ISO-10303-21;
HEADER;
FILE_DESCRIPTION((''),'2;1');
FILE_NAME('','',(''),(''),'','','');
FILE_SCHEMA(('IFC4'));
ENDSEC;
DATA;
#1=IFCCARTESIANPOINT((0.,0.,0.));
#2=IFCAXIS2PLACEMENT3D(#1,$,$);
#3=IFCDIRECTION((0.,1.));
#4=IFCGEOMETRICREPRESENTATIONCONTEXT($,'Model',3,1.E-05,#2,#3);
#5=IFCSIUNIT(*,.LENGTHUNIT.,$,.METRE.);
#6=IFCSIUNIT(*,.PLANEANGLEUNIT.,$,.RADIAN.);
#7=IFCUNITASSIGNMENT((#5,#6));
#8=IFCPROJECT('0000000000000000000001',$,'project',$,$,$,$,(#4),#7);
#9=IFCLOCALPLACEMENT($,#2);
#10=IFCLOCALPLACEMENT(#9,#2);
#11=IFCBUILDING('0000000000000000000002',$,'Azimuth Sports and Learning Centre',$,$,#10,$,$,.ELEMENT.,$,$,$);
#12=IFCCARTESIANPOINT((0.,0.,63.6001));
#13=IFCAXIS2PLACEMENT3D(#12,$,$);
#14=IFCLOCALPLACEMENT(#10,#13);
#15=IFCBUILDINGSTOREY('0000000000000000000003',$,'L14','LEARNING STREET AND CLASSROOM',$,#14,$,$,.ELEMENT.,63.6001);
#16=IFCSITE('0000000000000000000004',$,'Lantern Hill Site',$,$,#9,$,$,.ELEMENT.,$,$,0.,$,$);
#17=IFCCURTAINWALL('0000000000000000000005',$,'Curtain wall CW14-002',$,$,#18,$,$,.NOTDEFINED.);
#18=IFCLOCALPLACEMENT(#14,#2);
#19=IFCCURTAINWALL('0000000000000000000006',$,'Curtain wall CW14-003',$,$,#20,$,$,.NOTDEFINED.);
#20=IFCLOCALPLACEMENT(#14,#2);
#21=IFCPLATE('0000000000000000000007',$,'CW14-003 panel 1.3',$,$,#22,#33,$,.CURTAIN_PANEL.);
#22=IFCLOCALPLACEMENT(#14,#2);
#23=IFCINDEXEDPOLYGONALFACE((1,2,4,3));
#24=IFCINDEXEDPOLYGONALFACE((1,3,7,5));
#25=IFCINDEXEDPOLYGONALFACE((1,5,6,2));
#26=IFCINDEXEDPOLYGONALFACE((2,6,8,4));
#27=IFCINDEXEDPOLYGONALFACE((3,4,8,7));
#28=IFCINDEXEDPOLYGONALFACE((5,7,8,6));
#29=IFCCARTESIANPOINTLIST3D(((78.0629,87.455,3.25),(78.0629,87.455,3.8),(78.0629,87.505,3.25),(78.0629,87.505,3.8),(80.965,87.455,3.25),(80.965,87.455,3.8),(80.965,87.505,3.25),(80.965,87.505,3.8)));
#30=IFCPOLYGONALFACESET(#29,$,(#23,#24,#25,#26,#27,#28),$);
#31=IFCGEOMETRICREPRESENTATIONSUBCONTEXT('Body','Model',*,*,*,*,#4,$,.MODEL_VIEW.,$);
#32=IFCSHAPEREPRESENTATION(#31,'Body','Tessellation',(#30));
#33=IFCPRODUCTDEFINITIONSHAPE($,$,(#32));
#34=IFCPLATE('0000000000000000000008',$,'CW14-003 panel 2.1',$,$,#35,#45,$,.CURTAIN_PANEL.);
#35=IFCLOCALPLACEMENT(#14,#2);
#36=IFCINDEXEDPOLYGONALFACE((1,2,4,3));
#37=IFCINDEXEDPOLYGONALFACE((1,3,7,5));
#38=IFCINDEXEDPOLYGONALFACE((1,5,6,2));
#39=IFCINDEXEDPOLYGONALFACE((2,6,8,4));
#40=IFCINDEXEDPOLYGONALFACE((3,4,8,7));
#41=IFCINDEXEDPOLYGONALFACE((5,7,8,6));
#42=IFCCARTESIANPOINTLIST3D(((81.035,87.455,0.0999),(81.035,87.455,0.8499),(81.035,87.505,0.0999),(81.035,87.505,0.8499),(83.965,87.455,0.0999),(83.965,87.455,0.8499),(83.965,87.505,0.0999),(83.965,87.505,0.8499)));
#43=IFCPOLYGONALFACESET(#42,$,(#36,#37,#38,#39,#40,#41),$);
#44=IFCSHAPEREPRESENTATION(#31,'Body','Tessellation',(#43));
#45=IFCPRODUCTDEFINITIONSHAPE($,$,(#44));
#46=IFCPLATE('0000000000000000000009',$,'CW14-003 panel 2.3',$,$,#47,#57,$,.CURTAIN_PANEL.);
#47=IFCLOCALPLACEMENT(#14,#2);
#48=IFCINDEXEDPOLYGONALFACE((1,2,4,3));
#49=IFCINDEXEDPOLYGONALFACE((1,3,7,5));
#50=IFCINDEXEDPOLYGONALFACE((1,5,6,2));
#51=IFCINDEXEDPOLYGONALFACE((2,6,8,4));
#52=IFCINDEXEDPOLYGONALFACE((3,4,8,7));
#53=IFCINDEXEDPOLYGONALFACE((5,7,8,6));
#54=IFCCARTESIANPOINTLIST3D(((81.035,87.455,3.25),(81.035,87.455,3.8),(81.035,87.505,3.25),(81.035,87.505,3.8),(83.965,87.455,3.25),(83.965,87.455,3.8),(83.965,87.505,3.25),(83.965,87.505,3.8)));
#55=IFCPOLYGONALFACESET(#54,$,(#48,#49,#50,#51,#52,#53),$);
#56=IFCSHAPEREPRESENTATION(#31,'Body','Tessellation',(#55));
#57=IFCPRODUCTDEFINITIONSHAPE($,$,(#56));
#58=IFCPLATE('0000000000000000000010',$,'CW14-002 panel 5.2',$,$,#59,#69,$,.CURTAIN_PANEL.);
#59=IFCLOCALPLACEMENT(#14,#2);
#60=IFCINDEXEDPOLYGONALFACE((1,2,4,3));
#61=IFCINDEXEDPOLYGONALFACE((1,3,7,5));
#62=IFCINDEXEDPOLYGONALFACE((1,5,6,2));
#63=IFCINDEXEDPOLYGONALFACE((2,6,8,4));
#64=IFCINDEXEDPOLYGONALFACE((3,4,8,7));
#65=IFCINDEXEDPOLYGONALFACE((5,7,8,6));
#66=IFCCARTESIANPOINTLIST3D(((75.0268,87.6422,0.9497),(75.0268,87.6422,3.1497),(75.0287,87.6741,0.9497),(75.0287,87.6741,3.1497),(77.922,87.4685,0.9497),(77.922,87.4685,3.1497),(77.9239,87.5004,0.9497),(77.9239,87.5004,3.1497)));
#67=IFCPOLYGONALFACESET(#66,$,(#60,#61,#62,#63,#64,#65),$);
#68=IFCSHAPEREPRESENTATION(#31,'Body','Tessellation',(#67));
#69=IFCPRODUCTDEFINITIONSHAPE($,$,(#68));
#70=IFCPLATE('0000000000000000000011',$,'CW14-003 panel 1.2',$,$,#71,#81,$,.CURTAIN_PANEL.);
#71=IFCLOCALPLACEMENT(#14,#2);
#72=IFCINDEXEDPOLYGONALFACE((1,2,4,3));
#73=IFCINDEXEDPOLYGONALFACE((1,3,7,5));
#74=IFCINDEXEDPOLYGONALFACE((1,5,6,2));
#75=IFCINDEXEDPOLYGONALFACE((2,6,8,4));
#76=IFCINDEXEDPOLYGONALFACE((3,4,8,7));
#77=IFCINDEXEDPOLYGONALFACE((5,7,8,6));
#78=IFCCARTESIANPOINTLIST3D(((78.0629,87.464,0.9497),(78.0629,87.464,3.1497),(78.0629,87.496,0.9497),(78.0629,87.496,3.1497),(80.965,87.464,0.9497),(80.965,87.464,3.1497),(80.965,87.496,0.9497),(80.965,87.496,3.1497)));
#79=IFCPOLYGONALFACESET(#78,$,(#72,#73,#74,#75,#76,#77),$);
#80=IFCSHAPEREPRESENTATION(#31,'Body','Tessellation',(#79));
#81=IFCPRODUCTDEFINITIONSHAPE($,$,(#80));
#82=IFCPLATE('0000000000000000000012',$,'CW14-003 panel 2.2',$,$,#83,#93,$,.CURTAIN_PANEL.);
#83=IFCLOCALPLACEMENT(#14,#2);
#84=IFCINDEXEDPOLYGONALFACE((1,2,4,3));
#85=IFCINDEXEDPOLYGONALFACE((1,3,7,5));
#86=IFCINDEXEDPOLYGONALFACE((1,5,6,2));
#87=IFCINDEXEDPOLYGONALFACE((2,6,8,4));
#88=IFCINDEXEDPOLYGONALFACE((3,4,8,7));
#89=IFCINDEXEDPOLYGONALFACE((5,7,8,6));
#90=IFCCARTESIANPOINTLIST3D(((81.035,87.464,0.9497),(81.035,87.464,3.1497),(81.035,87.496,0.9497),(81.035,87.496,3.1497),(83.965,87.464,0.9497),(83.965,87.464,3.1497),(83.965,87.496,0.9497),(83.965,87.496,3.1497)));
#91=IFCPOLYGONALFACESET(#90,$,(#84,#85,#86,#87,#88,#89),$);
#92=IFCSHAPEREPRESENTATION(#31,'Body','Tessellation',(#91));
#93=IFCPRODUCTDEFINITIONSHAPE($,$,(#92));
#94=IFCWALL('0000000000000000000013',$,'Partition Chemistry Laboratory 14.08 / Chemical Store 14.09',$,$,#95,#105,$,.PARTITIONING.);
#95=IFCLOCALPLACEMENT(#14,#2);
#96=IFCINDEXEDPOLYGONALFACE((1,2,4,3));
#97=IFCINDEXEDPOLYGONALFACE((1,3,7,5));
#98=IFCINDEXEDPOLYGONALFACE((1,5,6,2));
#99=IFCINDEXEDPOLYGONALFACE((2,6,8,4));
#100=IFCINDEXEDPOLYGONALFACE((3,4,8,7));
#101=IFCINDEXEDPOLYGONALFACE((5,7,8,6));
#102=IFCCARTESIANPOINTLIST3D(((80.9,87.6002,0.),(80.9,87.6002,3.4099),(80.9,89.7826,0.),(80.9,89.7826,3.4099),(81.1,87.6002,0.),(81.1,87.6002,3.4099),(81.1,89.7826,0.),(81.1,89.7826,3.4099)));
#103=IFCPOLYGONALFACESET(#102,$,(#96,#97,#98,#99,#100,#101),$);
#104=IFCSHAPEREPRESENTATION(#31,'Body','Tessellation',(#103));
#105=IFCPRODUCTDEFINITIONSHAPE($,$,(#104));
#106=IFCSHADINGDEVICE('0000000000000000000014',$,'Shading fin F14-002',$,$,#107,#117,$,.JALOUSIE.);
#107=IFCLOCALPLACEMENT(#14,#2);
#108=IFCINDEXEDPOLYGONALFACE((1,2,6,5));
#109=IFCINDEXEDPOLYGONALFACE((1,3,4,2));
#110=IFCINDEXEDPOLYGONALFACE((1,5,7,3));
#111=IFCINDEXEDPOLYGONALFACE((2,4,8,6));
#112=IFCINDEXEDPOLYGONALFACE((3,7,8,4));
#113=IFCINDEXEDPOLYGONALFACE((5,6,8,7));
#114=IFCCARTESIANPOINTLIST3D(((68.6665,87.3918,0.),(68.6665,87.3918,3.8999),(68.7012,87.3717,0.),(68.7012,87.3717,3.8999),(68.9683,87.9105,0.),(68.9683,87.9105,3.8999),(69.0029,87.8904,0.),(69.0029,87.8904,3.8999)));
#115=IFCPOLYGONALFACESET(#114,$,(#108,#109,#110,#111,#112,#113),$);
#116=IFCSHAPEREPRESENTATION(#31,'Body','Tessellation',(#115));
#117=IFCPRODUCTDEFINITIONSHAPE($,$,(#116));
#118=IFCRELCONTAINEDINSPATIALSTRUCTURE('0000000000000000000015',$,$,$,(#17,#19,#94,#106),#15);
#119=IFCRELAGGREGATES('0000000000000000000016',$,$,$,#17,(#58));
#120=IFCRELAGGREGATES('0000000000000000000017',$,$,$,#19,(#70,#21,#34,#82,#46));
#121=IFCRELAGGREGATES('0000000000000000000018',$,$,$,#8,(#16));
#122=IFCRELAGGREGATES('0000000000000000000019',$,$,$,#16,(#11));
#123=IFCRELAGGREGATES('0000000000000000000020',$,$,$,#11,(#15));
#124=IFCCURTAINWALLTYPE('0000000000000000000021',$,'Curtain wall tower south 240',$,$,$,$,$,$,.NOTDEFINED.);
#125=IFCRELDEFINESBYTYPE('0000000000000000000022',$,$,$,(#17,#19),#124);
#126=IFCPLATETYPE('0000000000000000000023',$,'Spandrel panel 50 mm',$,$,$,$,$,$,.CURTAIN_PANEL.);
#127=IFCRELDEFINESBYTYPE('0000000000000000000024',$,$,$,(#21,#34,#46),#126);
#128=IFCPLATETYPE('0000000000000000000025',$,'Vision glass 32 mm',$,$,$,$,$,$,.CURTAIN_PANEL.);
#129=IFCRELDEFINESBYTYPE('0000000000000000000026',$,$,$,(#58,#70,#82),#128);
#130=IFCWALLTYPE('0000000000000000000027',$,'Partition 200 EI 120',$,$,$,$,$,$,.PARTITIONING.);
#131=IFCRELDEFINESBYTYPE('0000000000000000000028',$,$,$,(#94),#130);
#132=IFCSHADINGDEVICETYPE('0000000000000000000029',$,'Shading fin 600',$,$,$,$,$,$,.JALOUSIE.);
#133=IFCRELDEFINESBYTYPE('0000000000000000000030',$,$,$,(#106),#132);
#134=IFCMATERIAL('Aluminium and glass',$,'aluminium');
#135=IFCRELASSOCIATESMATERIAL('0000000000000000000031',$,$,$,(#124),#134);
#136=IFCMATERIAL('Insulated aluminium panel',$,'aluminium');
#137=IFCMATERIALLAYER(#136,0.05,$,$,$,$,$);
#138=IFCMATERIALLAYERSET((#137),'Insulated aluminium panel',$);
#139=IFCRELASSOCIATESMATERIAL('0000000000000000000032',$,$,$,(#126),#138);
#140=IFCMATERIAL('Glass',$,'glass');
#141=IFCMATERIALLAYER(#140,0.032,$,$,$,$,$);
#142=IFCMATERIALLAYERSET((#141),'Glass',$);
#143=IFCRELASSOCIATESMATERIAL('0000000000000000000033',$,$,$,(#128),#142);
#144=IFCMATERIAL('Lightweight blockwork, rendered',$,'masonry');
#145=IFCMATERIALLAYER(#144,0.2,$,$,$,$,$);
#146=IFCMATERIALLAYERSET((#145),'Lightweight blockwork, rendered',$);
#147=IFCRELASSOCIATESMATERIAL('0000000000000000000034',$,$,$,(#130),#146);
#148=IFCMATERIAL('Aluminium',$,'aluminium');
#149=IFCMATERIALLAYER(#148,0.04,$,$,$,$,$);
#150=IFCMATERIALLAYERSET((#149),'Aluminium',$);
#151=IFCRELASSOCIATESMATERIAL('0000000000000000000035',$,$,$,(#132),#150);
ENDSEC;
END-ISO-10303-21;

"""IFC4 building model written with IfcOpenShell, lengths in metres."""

from ifc_helpers import new_model, si_unit, direction, frame, frame_2d, origin, origin_2d, place, context, subcontext, project, spatial, rectangle, extrude, material, layer, layer_set, type_object, element, aggregate, save


model = new_model("IFC4")

# Units and contexts
model_context = context("Model", 3, precision=1e-05, world=origin(), true_north=direction((0.0, 1.0)))
body_context = subcontext(model_context, "Body", "Model", "MODEL_VIEW")
ifc_project = project(units=[si_unit("LENGTHUNIT", "METRE"), si_unit("PLANEANGLEUNIT", "RADIAN")], contexts=[model_context])

# Site, building, storey
site_placement = place(None, origin())
site = spatial("IfcSite", under=ifc_project, at=site_placement, Name="Lantern Hill Site", CompositionType="ELEMENT", RefElevation=0.0)
building_placement = place(site_placement, origin())
building = spatial("IfcBuilding", under=site, at=building_placement, Name="Azimuth Sports and Learning Centre", CompositionType="ELEMENT")
storey_placement = place(building_placement, frame((0.0, 0.0, 63.6001)))
storey = spatial("IfcBuildingStorey", under=building, at=storey_placement, Name="L14", Description="LEARNING STREET AND CLASSROOM", CompositionType="ELEMENT", Elevation=63.6001)

# Curtain wall
ifc_material_1 = material(Name="Aluminium and glass", Category="aluminium")
curtain_wall_type = type_object("IfcCurtainWallType", Name="Curtain wall tower south 240", PredefinedType="NOTDEFINED", material=ifc_material_1)
curtain_wall_1_placement = place(storey_placement, origin())
curtain_wall_1 = element("IfcCurtainWall", 1, at=curtain_wall_1_placement, inside=storey, type_object=curtain_wall_type, Name="Curtain wall CW14-002", PredefinedType="NOTDEFINED")

# Curtain wall
curtain_wall_2_placement = place(storey_placement, origin())
curtain_wall_2 = element("IfcCurtainWall", 2, at=curtain_wall_2_placement, inside=storey, type_object=curtain_wall_type, Name="Curtain wall CW14-003", PredefinedType="NOTDEFINED")

# Plates
ifc_material_2 = material(Name="Insulated aluminium panel", Category="aluminium")
ifc_layer_1 = layer(ifc_material_2, 0.05)
ifc_layer_set_1 = layer_set([ifc_layer_1], Name="Insulated aluminium panel")
plate_type_1 = type_object("IfcPlateType", Name="Spandrel panel 50 mm", PredefinedType="CURTAIN_PANEL", material=ifc_layer_set_1)
plate_1_placement = place(storey_placement, frame((79.5139, 87.48, 3.25), z_axis=(0.0, 0.0, 1.0), x_axis=(1.0, 0.0, 0.0)))
plate_1 = element("IfcPlate", 3, at=plate_1_placement, type_object=plate_type_1, Name="CW14-003 panel 1.3", PredefinedType="CURTAIN_PANEL", context=body_context, shape_type="SweptSolid", body=[
    extrude(rectangle(XDim=2.9021, YDim=0.05, at=origin_2d()), origin(), (0.0, 0.0, 1.0), 0.55),
])
plate_2_placement = place(storey_placement, frame((82.5, 87.48, 0.0999), z_axis=(0.0, 0.0, 1.0), x_axis=(1.0, 0.0, 0.0)))
plate_2 = element("IfcPlate", 4, at=plate_2_placement, type_object=plate_type_1, Name="CW14-003 panel 2.1", PredefinedType="CURTAIN_PANEL", context=body_context, shape_type="SweptSolid", body=[
    extrude(rectangle(XDim=2.9299, YDim=0.05, at=origin_2d()), origin(), (0.0, 0.0, 1.0), 0.75),
])
plate_3_placement = place(storey_placement, frame((82.5, 87.48, 3.25), z_axis=(0.0, 0.0, 1.0), x_axis=(1.0, 0.0, 0.0)))
plate_3 = element("IfcPlate", 5, at=plate_3_placement, type_object=plate_type_1, Name="CW14-003 panel 2.3", PredefinedType="CURTAIN_PANEL", context=body_context, shape_type="SweptSolid", body=[
    extrude(rectangle(XDim=2.9299, YDim=0.05, at=origin_2d()), origin(), (0.0, 0.0, 1.0), 0.55),
])
ifc_material_3 = material(Name="Glass", Category="glass")
ifc_layer_2 = layer(ifc_material_3, 0.032)
ifc_layer_set_2 = layer_set([ifc_layer_2], Name="Glass")
plate_type_2 = type_object("IfcPlateType", Name="Vision glass 32 mm", PredefinedType="CURTAIN_PANEL", material=ifc_layer_set_2)
plate_4_placement = place(storey_placement, frame((76.4753, 87.5713, 0.9497), z_axis=(0.0, 0.0, 1.0), x_axis=(0.998205, -0.059892, 0.0)))
plate_4 = element("IfcPlate", 6, at=plate_4_placement, type_object=plate_type_2, Name="CW14-002 panel 5.2", PredefinedType="CURTAIN_PANEL", context=body_context, shape_type="SweptSolid", body=[
    extrude(rectangle(XDim=2.9004, YDim=0.032, at=origin_2d()), origin(), (0.0, 0.0, 1.0), 2.2),
])
aggregate(curtain_wall_1, [plate_4])
plate_5_placement = place(storey_placement, frame((79.5139, 87.48, 0.9497), z_axis=(0.0, 0.0, 1.0), x_axis=(1.0, 0.0, 0.0)))
plate_5 = element("IfcPlate", 7, at=plate_5_placement, type_object=plate_type_2, Name="CW14-003 panel 1.2", PredefinedType="CURTAIN_PANEL", context=body_context, shape_type="SweptSolid", body=[
    extrude(rectangle(XDim=2.9021, YDim=0.032, at=origin_2d()), origin(), (0.0, 0.0, 1.0), 2.2),
])
plate_6_placement = place(storey_placement, frame((82.5, 87.48, 0.9497), z_axis=(0.0, 0.0, 1.0), x_axis=(1.0, 0.0, 0.0)))
plate_6 = element("IfcPlate", 8, at=plate_6_placement, type_object=plate_type_2, Name="CW14-003 panel 2.2", PredefinedType="CURTAIN_PANEL", context=body_context, shape_type="SweptSolid", body=[
    extrude(rectangle(XDim=2.9299, YDim=0.032, at=origin_2d()), origin(), (0.0, 0.0, 1.0), 2.2),
])
aggregate(curtain_wall_2, [plate_5, plate_1, plate_2, plate_6, plate_3])

# Wall
ifc_material_4 = material(Name="Lightweight blockwork, rendered", Category="masonry")
ifc_layer_3 = layer(ifc_material_4, 0.2)
ifc_layer_set_3 = layer_set([ifc_layer_3], Name="Lightweight blockwork, rendered")
wall_type = type_object("IfcWallType", Name="Partition 200 EI 120", PredefinedType="PARTITIONING", material=ifc_layer_set_3)
wall_placement = place(storey_placement, frame((81.0, 87.6001, 0.0), z_axis=(0.0, 0.0, 1.0), x_axis=(0.0, 1.0, 0.0)))
element("IfcWall", 9, at=wall_placement, inside=storey, type_object=wall_type, Name="Partition Chemistry Laboratory 14.08 / Chemical Store 14.09", PredefinedType="PARTITIONING", context=body_context, shape_type="SweptSolid", body=[
    extrude(rectangle(XDim=2.1824, YDim=0.2, at=frame_2d((1.0913, 0.0))), origin(), (0.0, 0.0, 1.0), 3.4099),
])

# Shading device
ifc_material_5 = material(Name="Aluminium", Category="aluminium")
ifc_layer_4 = layer(ifc_material_5, 0.04)
ifc_layer_set_4 = layer_set([ifc_layer_4], Name="Aluminium")
shading_device_type = type_object("IfcShadingDeviceType", Name="Shading fin 600", PredefinedType="JALOUSIE", material=ifc_layer_set_4)
shading_device_placement = place(storey_placement, frame((68.8347, 87.6411, 0.0), z_axis=(0.0, 0.0, 1.0), x_axis=(-0.502821, -0.86439, 0.0)))
element("IfcShadingDevice", 10, at=shading_device_placement, inside=storey, type_object=shading_device_type, Name="Shading fin F14-002", PredefinedType="JALOUSIE", context=body_context, shape_type="SweptSolid", body=[
    extrude(rectangle(XDim=0.6001, YDim=0.04, at=origin_2d()), origin(), (0.0, 0.0, 1.0), 3.8999),
])

save(model, "model.ifc")
